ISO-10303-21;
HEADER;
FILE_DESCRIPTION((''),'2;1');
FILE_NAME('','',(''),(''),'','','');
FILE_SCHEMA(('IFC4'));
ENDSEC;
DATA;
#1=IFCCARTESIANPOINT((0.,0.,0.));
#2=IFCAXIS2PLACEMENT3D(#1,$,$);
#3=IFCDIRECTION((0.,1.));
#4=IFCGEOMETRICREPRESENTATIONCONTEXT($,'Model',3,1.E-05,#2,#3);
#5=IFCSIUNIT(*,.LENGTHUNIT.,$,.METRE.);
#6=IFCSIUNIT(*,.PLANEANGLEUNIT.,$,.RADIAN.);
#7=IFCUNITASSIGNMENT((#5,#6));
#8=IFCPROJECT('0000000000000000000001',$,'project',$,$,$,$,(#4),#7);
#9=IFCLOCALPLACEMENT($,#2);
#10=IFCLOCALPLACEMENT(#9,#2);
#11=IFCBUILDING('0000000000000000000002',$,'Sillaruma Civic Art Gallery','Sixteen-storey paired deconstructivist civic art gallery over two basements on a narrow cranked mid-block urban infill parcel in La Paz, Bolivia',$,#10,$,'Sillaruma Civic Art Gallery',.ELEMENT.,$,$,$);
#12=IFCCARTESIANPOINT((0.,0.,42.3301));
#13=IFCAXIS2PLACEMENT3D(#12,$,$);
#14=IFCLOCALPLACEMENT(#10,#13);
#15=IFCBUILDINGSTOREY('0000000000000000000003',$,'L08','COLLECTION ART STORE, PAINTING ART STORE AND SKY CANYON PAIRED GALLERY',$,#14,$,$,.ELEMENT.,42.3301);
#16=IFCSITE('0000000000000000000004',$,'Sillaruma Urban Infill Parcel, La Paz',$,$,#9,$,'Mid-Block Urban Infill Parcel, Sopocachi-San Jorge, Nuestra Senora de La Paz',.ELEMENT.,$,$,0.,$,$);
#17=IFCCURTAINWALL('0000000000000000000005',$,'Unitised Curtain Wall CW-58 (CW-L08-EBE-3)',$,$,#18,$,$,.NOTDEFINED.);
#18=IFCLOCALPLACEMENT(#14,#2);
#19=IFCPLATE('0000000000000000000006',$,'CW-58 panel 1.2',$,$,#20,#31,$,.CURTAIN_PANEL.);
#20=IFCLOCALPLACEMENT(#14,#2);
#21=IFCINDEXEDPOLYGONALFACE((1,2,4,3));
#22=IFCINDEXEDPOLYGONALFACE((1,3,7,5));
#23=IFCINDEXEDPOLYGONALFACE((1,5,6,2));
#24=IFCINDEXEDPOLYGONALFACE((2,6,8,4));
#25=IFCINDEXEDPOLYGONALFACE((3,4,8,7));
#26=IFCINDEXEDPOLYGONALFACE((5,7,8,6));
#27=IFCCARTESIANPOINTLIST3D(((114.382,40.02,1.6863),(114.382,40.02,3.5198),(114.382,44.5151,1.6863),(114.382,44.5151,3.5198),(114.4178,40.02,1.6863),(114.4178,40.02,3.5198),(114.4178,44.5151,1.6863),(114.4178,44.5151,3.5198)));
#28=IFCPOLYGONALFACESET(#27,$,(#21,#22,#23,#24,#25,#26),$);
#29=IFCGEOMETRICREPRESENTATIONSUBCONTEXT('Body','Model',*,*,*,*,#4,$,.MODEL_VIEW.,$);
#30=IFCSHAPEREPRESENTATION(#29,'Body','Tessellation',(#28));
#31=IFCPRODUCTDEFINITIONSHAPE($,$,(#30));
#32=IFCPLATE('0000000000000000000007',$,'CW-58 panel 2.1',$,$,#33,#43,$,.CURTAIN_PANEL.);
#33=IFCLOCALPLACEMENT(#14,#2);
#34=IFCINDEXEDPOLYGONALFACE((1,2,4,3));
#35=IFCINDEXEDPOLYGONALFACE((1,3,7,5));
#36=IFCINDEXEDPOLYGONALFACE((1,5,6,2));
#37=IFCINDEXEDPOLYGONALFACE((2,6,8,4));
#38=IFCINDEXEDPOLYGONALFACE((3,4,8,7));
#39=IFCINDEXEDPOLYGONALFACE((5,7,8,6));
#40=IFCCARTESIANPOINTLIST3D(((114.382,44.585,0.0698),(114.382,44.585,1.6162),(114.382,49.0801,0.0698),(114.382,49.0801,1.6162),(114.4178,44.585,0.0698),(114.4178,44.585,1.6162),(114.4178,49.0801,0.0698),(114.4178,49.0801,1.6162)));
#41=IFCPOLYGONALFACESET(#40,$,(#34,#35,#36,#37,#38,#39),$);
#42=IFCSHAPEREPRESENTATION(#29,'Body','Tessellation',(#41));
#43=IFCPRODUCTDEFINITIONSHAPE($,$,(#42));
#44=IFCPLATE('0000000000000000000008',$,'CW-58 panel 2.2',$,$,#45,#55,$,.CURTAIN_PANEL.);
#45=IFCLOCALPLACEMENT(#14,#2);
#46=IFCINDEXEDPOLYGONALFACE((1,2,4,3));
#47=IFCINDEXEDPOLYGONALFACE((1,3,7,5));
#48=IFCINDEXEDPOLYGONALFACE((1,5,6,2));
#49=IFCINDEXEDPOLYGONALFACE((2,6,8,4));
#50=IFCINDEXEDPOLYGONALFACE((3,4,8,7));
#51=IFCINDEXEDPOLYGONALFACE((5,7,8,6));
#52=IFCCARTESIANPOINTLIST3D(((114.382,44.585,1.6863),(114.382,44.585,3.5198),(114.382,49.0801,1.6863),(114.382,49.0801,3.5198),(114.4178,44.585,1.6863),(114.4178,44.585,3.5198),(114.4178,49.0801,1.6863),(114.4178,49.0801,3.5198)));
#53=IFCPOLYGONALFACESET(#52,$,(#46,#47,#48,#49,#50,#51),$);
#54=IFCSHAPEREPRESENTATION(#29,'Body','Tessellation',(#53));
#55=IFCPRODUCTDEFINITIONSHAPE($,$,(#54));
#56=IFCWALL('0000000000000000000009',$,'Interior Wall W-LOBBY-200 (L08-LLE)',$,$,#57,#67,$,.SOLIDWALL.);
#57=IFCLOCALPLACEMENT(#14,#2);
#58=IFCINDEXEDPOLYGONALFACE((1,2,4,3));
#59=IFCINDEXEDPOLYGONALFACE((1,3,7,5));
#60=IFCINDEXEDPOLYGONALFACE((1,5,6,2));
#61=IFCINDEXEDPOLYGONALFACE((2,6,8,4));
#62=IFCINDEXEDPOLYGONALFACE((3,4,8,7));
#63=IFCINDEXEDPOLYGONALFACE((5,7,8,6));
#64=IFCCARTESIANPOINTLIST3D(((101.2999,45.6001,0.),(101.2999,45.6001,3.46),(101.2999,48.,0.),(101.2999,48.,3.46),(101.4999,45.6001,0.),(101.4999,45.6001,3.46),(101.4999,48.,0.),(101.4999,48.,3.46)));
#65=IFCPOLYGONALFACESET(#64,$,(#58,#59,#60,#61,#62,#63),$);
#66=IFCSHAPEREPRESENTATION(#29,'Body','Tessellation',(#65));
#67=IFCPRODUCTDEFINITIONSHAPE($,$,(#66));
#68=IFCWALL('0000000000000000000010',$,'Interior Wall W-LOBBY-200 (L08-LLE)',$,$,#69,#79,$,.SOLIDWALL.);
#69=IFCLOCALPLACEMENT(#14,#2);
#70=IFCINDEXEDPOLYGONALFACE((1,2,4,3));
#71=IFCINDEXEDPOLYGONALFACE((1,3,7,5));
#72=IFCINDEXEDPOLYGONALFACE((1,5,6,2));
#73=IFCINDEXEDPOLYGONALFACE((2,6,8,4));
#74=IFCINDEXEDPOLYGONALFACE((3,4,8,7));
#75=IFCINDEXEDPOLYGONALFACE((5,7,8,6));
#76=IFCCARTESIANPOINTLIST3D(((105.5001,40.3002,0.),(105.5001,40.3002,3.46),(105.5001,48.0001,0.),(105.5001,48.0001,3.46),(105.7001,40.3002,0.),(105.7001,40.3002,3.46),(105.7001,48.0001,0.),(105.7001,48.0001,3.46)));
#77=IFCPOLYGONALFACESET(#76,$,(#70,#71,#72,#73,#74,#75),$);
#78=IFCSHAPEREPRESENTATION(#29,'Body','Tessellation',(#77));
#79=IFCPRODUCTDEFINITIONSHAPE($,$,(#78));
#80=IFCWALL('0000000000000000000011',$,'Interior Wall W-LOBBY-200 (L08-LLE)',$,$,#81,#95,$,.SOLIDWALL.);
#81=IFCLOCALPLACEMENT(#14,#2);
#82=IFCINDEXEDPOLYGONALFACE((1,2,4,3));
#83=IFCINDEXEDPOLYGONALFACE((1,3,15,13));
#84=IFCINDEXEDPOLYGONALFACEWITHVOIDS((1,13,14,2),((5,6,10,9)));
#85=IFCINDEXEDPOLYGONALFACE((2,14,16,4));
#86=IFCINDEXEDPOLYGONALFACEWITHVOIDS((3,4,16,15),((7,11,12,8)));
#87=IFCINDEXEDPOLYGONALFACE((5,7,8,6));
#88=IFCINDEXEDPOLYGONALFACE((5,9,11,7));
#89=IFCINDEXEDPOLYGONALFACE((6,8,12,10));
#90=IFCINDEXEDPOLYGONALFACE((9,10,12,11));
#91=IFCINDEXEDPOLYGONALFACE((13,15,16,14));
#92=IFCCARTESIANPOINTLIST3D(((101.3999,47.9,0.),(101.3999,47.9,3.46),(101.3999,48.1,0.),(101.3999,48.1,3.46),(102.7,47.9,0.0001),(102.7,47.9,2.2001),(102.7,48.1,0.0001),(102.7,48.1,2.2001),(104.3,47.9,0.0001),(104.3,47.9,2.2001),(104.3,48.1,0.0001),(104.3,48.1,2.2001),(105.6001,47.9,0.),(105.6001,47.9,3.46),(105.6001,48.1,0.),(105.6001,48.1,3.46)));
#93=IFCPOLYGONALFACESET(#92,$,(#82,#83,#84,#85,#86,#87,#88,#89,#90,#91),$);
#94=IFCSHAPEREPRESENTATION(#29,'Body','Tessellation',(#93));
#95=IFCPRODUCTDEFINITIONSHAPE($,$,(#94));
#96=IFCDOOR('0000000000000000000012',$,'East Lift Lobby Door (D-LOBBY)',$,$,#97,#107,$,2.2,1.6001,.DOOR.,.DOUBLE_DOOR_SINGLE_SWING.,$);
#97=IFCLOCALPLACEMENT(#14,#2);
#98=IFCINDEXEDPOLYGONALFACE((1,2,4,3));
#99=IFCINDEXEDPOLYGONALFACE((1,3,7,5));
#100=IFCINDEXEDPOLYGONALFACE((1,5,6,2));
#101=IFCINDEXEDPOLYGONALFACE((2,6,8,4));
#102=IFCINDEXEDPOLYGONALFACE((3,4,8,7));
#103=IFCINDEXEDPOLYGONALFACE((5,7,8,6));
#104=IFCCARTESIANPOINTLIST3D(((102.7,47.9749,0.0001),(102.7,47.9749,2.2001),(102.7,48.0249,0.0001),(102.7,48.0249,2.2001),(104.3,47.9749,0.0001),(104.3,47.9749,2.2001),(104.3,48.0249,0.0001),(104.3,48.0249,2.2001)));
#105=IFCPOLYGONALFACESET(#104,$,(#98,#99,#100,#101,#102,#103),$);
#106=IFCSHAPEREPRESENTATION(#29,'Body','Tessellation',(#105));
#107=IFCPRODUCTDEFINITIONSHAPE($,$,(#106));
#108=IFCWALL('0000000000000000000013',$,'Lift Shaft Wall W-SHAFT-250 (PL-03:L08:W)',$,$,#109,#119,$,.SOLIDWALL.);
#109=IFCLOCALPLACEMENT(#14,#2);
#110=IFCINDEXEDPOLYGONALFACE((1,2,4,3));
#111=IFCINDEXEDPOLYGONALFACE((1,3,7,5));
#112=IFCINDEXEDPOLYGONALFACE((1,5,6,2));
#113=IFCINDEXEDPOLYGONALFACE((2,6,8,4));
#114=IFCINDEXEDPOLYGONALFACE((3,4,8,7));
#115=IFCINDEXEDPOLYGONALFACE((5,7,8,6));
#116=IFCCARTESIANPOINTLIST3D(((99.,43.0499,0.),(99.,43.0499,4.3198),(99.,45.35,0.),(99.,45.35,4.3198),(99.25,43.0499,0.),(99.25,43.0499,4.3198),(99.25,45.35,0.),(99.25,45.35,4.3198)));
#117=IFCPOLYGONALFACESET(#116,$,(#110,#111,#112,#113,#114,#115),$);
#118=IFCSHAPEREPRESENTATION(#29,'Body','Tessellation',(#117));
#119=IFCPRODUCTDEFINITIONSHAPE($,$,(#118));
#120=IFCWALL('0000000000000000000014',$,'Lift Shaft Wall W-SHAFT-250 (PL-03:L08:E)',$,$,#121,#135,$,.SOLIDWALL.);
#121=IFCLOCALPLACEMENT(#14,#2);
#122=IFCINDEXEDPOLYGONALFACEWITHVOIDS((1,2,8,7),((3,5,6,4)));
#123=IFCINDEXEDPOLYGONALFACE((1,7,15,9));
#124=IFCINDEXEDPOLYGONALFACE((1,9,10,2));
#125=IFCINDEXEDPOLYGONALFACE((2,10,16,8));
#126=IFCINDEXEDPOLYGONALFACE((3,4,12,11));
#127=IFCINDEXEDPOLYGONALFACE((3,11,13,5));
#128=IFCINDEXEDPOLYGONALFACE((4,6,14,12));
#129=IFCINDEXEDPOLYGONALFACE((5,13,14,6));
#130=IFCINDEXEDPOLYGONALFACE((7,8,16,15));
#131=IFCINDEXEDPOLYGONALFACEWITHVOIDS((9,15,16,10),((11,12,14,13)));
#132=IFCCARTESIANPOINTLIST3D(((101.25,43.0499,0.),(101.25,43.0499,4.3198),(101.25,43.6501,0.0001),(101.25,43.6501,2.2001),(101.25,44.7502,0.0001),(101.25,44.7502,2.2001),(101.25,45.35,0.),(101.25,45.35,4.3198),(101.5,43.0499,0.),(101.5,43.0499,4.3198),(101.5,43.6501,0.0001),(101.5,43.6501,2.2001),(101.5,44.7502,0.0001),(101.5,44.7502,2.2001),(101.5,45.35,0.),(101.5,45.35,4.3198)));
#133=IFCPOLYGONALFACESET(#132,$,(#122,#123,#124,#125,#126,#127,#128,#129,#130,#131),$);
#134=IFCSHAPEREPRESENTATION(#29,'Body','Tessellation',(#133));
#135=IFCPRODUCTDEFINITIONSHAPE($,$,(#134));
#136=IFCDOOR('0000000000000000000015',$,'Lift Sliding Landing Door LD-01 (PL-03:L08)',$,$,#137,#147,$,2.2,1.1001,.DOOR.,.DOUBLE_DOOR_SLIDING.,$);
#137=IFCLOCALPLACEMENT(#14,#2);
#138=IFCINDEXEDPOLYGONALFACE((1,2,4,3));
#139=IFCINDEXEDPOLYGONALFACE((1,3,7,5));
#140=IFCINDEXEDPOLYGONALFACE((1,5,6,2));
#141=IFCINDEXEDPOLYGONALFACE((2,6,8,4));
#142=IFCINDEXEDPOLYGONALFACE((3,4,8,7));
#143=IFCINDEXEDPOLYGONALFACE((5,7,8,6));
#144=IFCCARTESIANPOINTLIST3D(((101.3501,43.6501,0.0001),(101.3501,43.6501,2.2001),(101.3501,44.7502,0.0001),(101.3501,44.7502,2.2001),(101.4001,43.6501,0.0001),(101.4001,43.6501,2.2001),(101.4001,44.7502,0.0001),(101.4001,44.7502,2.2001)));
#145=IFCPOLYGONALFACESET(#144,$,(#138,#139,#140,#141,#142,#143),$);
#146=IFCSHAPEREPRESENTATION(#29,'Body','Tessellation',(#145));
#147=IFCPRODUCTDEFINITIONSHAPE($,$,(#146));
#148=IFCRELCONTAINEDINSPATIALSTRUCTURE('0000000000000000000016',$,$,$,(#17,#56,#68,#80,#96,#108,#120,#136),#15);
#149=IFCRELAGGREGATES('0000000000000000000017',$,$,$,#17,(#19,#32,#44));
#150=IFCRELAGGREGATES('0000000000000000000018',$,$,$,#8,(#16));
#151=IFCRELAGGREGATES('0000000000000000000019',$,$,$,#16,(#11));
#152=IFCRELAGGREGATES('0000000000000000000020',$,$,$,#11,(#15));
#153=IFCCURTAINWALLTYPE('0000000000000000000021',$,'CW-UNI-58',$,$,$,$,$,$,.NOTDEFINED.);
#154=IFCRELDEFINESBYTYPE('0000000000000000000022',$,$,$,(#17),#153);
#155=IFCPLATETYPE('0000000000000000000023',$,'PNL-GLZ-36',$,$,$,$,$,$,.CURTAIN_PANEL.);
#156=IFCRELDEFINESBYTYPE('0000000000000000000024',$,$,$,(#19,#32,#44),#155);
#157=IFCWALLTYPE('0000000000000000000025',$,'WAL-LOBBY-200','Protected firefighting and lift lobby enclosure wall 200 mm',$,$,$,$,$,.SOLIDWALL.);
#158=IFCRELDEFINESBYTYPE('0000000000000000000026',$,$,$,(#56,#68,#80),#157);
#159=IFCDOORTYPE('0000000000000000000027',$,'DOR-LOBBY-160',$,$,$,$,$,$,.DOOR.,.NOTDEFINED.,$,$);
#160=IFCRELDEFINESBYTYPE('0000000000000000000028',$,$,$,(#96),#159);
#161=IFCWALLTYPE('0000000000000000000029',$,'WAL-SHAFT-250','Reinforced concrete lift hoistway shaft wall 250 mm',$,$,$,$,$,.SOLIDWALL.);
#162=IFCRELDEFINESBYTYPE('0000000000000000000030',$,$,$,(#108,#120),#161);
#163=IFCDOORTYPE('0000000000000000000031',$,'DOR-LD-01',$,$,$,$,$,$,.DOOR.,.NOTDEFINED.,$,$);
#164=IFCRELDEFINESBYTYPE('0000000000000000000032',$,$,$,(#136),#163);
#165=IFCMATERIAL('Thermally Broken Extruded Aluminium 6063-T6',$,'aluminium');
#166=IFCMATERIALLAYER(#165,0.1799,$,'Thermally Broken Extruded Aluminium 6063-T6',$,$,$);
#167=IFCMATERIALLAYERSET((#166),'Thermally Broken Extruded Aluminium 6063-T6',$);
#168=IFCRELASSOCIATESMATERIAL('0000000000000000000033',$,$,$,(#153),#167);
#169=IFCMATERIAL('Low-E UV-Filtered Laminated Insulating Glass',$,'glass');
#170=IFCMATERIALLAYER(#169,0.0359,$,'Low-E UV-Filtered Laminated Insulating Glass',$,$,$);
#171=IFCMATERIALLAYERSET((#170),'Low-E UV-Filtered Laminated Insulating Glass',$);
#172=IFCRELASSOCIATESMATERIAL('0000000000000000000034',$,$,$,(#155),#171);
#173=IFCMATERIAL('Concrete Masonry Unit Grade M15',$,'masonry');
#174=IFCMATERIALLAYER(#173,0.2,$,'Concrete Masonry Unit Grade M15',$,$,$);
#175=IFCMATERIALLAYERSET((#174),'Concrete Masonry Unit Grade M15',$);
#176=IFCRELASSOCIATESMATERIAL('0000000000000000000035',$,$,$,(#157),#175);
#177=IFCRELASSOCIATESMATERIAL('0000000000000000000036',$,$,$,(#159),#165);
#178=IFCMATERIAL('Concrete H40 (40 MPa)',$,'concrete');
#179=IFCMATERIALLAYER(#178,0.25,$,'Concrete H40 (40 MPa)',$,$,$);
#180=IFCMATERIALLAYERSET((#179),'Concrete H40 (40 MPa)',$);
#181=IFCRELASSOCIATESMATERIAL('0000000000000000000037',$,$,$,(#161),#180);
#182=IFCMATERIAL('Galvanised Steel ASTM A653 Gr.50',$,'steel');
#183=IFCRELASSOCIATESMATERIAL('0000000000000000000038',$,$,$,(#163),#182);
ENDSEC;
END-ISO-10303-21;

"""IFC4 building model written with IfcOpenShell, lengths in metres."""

from ifc_helpers import new_model, si_unit, direction, frame, frame_2d, origin, origin_2d, place, context, subcontext, project, spatial, rectangle, extrude, material, layer, layer_set, type_object, element, fill, aggregate, save


model = new_model("IFC4")

# Units and contexts
model_context = context("Model", 3, precision=1e-05, world=origin(), true_north=direction((0.0, 1.0)))
body_context = subcontext(model_context, "Body", "Model", "MODEL_VIEW")
ifc_project = project(units=[si_unit("LENGTHUNIT", "METRE"), si_unit("PLANEANGLEUNIT", "RADIAN")], contexts=[model_context])

# Site, building, storey
site_placement = place(None, origin())
site = spatial("IfcSite", under=ifc_project, at=site_placement, Name="Sillaruma Urban Infill Parcel, La Paz", LongName="Mid-Block Urban Infill Parcel, Sopocachi-San Jorge, Nuestra Senora de La Paz", CompositionType="ELEMENT", RefElevation=0.0)
building_placement = place(site_placement, origin())
building = spatial("IfcBuilding", under=site, at=building_placement, Name="Sillaruma Civic Art Gallery", Description="Sixteen-storey paired deconstructivist civic art gallery over two basements on a narrow cranked mid-block urban infill parcel in La Paz, Bolivia", LongName="Sillaruma Civic Art Gallery", CompositionType="ELEMENT")
storey_placement = place(building_placement, frame((0.0, 0.0, 42.3301)))
storey = spatial("IfcBuildingStorey", under=building, at=storey_placement, Name="L08", Description="COLLECTION ART STORE, PAINTING ART STORE AND SKY CANYON PAIRED GALLERY", CompositionType="ELEMENT", Elevation=42.3301)

# Shared definitions
ifc_material_1 = material(Name="Concrete H40 (40 MPa)", Category="concrete")

# Curtain wall, plates
ifc_material_2 = material(Name="Thermally Broken Extruded Aluminium 6063-T6", Category="aluminium")
ifc_layer_1 = layer(ifc_material_2, 0.1799, Name="Thermally Broken Extruded Aluminium 6063-T6")
ifc_layer_set_1 = layer_set([ifc_layer_1], Name="Thermally Broken Extruded Aluminium 6063-T6")
curtain_wall_type = type_object("IfcCurtainWallType", Name="CW-UNI-58", PredefinedType="NOTDEFINED", material=ifc_layer_set_1)
curtain_wall_placement = place(storey_placement, origin())
curtain_wall = element("IfcCurtainWall", 1, at=curtain_wall_placement, inside=storey, type_object=curtain_wall_type, Name="Unitised Curtain Wall CW-58 (CW-L08-EBE-3)", PredefinedType="NOTDEFINED")
ifc_material_3 = material(Name="Low-E UV-Filtered Laminated Insulating Glass", Category="glass")
ifc_layer_2 = layer(ifc_material_3, 0.0359, Name="Low-E UV-Filtered Laminated Insulating Glass")
ifc_layer_set_2 = layer_set([ifc_layer_2], Name="Low-E UV-Filtered Laminated Insulating Glass")
plate_type = type_object("IfcPlateType", Name="PNL-GLZ-36", PredefinedType="CURTAIN_PANEL", material=ifc_layer_set_2)
plate_1_placement = place(storey_placement, frame((114.3999, 42.2676, 1.6863), z_axis=(0.0, 0.0, 1.0), x_axis=(0.0, 1.0, 0.0)))
plate_1 = element("IfcPlate", 2, at=plate_1_placement, type_object=plate_type, Name="CW-58 panel 1.2", PredefinedType="CURTAIN_PANEL", context=body_context, shape_type="SweptSolid", body=[
    extrude(rectangle(XDim=4.4951, YDim=0.0359, at=origin_2d()), origin(), (0.0, 0.0, 1.0), 1.8335),
])
plate_2_placement = place(storey_placement, frame((114.3999, 46.8325, 0.0698), z_axis=(0.0, 0.0, 1.0), x_axis=(0.0, 1.0, 0.0)))
plate_2 = element("IfcPlate", 3, at=plate_2_placement, type_object=plate_type, Name="CW-58 panel 2.1", PredefinedType="CURTAIN_PANEL", context=body_context, shape_type="SweptSolid", body=[
    extrude(rectangle(XDim=4.4951, YDim=0.0359, at=origin_2d()), origin(), (0.0, 0.0, 1.0), 1.5464),
])
plate_3_placement = place(storey_placement, frame((114.3999, 46.8325, 1.6863), z_axis=(0.0, 0.0, 1.0), x_axis=(0.0, 1.0, 0.0)))
plate_3 = element("IfcPlate", 4, at=plate_3_placement, type_object=plate_type, Name="CW-58 panel 2.2", PredefinedType="CURTAIN_PANEL", context=body_context, shape_type="SweptSolid", body=[
    extrude(rectangle(XDim=4.4951, YDim=0.0359, at=origin_2d()), origin(), (0.0, 0.0, 1.0), 1.8335),
])
aggregate(curtain_wall, [plate_1, plate_2, plate_3])

# Walls
ifc_material_4 = material(Name="Concrete Masonry Unit Grade M15", Category="masonry")
ifc_layer_3 = layer(ifc_material_4, 0.2, Name="Concrete Masonry Unit Grade M15")
ifc_layer_set_3 = layer_set([ifc_layer_3], Name="Concrete Masonry Unit Grade M15")
wall_type_1 = type_object("IfcWallType", Name="WAL-LOBBY-200", Description="Protected firefighting and lift lobby enclosure wall 200 mm", PredefinedType="SOLIDWALL", material=ifc_layer_set_3)
wall_1_placement = place(storey_placement, frame((101.3999, 45.6001, 0.0), z_axis=(0.0, 0.0, 1.0), x_axis=(0.0, 1.0, 0.0)))
element("IfcWall", 5, at=wall_1_placement, inside=storey, type_object=wall_type_1, Name="Interior Wall W-LOBBY-200 (L08-LLE)", PredefinedType="SOLIDWALL", context=body_context, shape_type="SweptSolid", body=[
    extrude(rectangle(XDim=2.3999, YDim=0.2, at=frame_2d((1.2, 0.0))), origin(), (0.0, 0.0, 1.0), 3.46),
])
wall_2_placement = place(storey_placement, frame((105.6001, 40.3, 0.0), z_axis=(0.0, 0.0, 1.0), x_axis=(0.0, 1.0, 0.0)))
element("IfcWall", 6, at=wall_2_placement, inside=storey, type_object=wall_type_1, Name="Interior Wall W-LOBBY-200 (L08-LLE)", PredefinedType="SOLIDWALL", context=body_context, shape_type="SweptSolid", body=[
    extrude(rectangle(XDim=7.7, YDim=0.2, at=frame_2d((3.8501, 0.0))), origin(), (0.0, 0.0, 1.0), 3.46),
])

# Wall, opening, door
wall_3_placement = place(storey_placement, frame((101.3999, 48.0, 0.0), z_axis=(0.0, 0.0, 1.0), x_axis=(1.0, 0.0, 0.0)))
wall_3 = element("IfcWall", 7, at=wall_3_placement, inside=storey, type_object=wall_type_1, Name="Interior Wall W-LOBBY-200 (L08-LLE)", PredefinedType="SOLIDWALL", context=body_context, shape_type="SweptSolid", body=[
    extrude(rectangle(XDim=4.2002, YDim=0.2, at=frame_2d((2.1001, 0.0))), origin(), (0.0, 0.0, 1.0), 3.46),
])
opening_1_placement = place(wall_3_placement, frame((1.3, 0.0, 0.0)))
opening_1 = element("IfcOpeningElement", 8, at=opening_1_placement, cuts=wall_3, PredefinedType="OPENING", context=body_context, shape_type="SweptSolid", body=[
    extrude(rectangle(XDim=1.6001, YDim=2.2, at=frame_2d((0.8, 1.1001))), frame((0.0, 0.1099, 0.0), z_axis=(0.0, -1.0, 0.0), x_axis=(1.0, 0.0, 0.0)), (0.0, 0.0, 1.0), 0.22),
])
door_type_1 = type_object("IfcDoorType", Name="DOR-LOBBY-160", OperationType="NOTDEFINED", PredefinedType="DOOR", material=ifc_material_2)
door_1_placement = place(opening_1_placement, origin())
door_1 = element("IfcDoor", 9, at=door_1_placement, inside=storey, type_object=door_type_1, Name="East Lift Lobby Door (D-LOBBY)", OperationType="DOUBLE_DOOR_SINGLE_SWING", OverallHeight=2.2, OverallWidth=1.6001, PredefinedType="DOOR", context=body_context, shape_type="SweptSolid", body=[
    extrude(rectangle(XDim=1.6001, YDim=2.2, at=frame_2d((0.8, 1.1001))), frame((0.0, 0.0249, 0.0), z_axis=(0.0, -1.0, 0.0), x_axis=(1.0, 0.0, 0.0)), (0.0, 0.0, 1.0), 0.05),
])
fill(opening_1, door_1)

# Wall
ifc_layer_4 = layer(ifc_material_1, 0.25, Name="Concrete H40 (40 MPa)")
ifc_layer_set_4 = layer_set([ifc_layer_4], Name="Concrete H40 (40 MPa)")
wall_type_2 = type_object("IfcWallType", Name="WAL-SHAFT-250", Description="Reinforced concrete lift hoistway shaft wall 250 mm", PredefinedType="SOLIDWALL", material=ifc_layer_set_4)
wall_4_placement = place(storey_placement, frame((99.125, 43.05, 0.0), z_axis=(0.0, 0.0, 1.0), x_axis=(0.0, 1.0, 0.0)))
element("IfcWall", 10, at=wall_4_placement, inside=storey, type_object=wall_type_2, Name="Lift Shaft Wall W-SHAFT-250 (PL-03:L08:W)", PredefinedType="SOLIDWALL", context=body_context, shape_type="SweptSolid", body=[
    extrude(rectangle(XDim=2.3, YDim=0.25, at=frame_2d((1.1499, 0.0))), origin(), (0.0, 0.0, 1.0), 4.3198),
])

# Wall, opening, door
wall_5_placement = place(storey_placement, frame((101.375, 43.05, 0.0), z_axis=(0.0, 0.0, 1.0), x_axis=(0.0, 1.0, 0.0)))
wall_5 = element("IfcWall", 11, at=wall_5_placement, inside=storey, type_object=wall_type_2, Name="Lift Shaft Wall W-SHAFT-250 (PL-03:L08:E)", PredefinedType="SOLIDWALL", context=body_context, shape_type="SweptSolid", body=[
    extrude(rectangle(XDim=2.3, YDim=0.25, at=frame_2d((1.1499, 0.0))), origin(), (0.0, 0.0, 1.0), 4.3198),
])
opening_2_placement = place(wall_5_placement, frame((0.6001, 0.0, 0.0)))
opening_2 = element("IfcOpeningElement", 12, at=opening_2_placement, cuts=wall_5, PredefinedType="OPENING", context=body_context, shape_type="SweptSolid", body=[
    extrude(rectangle(XDim=1.1001, YDim=2.2, at=frame_2d((0.55, 1.1001))), frame((0.0, 0.135, 0.0), z_axis=(0.0, -1.0, 0.0), x_axis=(1.0, 0.0, 0.0)), (0.0, 0.0, 1.0), 0.27),
])
ifc_material_5 = material(Name="Galvanised Steel ASTM A653 Gr.50", Category="steel")
door_type_2 = type_object("IfcDoorType", Name="DOR-LD-01", OperationType="NOTDEFINED", PredefinedType="DOOR", material=ifc_material_5)
door_2_placement = place(opening_2_placement, origin())
door_2 = element("IfcDoor", 13, at=door_2_placement, inside=storey, type_object=door_type_2, Name="Lift Sliding Landing Door LD-01 (PL-03:L08)", OperationType="DOUBLE_DOOR_SLIDING", OverallHeight=2.2, OverallWidth=1.1001, PredefinedType="DOOR", context=body_context, shape_type="SweptSolid", body=[
    extrude(rectangle(XDim=1.1001, YDim=2.2, at=frame_2d((0.55, 1.1001))), frame((0.0, 0.0249, 0.0), z_axis=(0.0, -1.0, 0.0), x_axis=(1.0, 0.0, 0.0)), (0.0, 0.0, 1.0), 0.05),
])
fill(opening_2, door_2)

save(model, "model.ifc")
